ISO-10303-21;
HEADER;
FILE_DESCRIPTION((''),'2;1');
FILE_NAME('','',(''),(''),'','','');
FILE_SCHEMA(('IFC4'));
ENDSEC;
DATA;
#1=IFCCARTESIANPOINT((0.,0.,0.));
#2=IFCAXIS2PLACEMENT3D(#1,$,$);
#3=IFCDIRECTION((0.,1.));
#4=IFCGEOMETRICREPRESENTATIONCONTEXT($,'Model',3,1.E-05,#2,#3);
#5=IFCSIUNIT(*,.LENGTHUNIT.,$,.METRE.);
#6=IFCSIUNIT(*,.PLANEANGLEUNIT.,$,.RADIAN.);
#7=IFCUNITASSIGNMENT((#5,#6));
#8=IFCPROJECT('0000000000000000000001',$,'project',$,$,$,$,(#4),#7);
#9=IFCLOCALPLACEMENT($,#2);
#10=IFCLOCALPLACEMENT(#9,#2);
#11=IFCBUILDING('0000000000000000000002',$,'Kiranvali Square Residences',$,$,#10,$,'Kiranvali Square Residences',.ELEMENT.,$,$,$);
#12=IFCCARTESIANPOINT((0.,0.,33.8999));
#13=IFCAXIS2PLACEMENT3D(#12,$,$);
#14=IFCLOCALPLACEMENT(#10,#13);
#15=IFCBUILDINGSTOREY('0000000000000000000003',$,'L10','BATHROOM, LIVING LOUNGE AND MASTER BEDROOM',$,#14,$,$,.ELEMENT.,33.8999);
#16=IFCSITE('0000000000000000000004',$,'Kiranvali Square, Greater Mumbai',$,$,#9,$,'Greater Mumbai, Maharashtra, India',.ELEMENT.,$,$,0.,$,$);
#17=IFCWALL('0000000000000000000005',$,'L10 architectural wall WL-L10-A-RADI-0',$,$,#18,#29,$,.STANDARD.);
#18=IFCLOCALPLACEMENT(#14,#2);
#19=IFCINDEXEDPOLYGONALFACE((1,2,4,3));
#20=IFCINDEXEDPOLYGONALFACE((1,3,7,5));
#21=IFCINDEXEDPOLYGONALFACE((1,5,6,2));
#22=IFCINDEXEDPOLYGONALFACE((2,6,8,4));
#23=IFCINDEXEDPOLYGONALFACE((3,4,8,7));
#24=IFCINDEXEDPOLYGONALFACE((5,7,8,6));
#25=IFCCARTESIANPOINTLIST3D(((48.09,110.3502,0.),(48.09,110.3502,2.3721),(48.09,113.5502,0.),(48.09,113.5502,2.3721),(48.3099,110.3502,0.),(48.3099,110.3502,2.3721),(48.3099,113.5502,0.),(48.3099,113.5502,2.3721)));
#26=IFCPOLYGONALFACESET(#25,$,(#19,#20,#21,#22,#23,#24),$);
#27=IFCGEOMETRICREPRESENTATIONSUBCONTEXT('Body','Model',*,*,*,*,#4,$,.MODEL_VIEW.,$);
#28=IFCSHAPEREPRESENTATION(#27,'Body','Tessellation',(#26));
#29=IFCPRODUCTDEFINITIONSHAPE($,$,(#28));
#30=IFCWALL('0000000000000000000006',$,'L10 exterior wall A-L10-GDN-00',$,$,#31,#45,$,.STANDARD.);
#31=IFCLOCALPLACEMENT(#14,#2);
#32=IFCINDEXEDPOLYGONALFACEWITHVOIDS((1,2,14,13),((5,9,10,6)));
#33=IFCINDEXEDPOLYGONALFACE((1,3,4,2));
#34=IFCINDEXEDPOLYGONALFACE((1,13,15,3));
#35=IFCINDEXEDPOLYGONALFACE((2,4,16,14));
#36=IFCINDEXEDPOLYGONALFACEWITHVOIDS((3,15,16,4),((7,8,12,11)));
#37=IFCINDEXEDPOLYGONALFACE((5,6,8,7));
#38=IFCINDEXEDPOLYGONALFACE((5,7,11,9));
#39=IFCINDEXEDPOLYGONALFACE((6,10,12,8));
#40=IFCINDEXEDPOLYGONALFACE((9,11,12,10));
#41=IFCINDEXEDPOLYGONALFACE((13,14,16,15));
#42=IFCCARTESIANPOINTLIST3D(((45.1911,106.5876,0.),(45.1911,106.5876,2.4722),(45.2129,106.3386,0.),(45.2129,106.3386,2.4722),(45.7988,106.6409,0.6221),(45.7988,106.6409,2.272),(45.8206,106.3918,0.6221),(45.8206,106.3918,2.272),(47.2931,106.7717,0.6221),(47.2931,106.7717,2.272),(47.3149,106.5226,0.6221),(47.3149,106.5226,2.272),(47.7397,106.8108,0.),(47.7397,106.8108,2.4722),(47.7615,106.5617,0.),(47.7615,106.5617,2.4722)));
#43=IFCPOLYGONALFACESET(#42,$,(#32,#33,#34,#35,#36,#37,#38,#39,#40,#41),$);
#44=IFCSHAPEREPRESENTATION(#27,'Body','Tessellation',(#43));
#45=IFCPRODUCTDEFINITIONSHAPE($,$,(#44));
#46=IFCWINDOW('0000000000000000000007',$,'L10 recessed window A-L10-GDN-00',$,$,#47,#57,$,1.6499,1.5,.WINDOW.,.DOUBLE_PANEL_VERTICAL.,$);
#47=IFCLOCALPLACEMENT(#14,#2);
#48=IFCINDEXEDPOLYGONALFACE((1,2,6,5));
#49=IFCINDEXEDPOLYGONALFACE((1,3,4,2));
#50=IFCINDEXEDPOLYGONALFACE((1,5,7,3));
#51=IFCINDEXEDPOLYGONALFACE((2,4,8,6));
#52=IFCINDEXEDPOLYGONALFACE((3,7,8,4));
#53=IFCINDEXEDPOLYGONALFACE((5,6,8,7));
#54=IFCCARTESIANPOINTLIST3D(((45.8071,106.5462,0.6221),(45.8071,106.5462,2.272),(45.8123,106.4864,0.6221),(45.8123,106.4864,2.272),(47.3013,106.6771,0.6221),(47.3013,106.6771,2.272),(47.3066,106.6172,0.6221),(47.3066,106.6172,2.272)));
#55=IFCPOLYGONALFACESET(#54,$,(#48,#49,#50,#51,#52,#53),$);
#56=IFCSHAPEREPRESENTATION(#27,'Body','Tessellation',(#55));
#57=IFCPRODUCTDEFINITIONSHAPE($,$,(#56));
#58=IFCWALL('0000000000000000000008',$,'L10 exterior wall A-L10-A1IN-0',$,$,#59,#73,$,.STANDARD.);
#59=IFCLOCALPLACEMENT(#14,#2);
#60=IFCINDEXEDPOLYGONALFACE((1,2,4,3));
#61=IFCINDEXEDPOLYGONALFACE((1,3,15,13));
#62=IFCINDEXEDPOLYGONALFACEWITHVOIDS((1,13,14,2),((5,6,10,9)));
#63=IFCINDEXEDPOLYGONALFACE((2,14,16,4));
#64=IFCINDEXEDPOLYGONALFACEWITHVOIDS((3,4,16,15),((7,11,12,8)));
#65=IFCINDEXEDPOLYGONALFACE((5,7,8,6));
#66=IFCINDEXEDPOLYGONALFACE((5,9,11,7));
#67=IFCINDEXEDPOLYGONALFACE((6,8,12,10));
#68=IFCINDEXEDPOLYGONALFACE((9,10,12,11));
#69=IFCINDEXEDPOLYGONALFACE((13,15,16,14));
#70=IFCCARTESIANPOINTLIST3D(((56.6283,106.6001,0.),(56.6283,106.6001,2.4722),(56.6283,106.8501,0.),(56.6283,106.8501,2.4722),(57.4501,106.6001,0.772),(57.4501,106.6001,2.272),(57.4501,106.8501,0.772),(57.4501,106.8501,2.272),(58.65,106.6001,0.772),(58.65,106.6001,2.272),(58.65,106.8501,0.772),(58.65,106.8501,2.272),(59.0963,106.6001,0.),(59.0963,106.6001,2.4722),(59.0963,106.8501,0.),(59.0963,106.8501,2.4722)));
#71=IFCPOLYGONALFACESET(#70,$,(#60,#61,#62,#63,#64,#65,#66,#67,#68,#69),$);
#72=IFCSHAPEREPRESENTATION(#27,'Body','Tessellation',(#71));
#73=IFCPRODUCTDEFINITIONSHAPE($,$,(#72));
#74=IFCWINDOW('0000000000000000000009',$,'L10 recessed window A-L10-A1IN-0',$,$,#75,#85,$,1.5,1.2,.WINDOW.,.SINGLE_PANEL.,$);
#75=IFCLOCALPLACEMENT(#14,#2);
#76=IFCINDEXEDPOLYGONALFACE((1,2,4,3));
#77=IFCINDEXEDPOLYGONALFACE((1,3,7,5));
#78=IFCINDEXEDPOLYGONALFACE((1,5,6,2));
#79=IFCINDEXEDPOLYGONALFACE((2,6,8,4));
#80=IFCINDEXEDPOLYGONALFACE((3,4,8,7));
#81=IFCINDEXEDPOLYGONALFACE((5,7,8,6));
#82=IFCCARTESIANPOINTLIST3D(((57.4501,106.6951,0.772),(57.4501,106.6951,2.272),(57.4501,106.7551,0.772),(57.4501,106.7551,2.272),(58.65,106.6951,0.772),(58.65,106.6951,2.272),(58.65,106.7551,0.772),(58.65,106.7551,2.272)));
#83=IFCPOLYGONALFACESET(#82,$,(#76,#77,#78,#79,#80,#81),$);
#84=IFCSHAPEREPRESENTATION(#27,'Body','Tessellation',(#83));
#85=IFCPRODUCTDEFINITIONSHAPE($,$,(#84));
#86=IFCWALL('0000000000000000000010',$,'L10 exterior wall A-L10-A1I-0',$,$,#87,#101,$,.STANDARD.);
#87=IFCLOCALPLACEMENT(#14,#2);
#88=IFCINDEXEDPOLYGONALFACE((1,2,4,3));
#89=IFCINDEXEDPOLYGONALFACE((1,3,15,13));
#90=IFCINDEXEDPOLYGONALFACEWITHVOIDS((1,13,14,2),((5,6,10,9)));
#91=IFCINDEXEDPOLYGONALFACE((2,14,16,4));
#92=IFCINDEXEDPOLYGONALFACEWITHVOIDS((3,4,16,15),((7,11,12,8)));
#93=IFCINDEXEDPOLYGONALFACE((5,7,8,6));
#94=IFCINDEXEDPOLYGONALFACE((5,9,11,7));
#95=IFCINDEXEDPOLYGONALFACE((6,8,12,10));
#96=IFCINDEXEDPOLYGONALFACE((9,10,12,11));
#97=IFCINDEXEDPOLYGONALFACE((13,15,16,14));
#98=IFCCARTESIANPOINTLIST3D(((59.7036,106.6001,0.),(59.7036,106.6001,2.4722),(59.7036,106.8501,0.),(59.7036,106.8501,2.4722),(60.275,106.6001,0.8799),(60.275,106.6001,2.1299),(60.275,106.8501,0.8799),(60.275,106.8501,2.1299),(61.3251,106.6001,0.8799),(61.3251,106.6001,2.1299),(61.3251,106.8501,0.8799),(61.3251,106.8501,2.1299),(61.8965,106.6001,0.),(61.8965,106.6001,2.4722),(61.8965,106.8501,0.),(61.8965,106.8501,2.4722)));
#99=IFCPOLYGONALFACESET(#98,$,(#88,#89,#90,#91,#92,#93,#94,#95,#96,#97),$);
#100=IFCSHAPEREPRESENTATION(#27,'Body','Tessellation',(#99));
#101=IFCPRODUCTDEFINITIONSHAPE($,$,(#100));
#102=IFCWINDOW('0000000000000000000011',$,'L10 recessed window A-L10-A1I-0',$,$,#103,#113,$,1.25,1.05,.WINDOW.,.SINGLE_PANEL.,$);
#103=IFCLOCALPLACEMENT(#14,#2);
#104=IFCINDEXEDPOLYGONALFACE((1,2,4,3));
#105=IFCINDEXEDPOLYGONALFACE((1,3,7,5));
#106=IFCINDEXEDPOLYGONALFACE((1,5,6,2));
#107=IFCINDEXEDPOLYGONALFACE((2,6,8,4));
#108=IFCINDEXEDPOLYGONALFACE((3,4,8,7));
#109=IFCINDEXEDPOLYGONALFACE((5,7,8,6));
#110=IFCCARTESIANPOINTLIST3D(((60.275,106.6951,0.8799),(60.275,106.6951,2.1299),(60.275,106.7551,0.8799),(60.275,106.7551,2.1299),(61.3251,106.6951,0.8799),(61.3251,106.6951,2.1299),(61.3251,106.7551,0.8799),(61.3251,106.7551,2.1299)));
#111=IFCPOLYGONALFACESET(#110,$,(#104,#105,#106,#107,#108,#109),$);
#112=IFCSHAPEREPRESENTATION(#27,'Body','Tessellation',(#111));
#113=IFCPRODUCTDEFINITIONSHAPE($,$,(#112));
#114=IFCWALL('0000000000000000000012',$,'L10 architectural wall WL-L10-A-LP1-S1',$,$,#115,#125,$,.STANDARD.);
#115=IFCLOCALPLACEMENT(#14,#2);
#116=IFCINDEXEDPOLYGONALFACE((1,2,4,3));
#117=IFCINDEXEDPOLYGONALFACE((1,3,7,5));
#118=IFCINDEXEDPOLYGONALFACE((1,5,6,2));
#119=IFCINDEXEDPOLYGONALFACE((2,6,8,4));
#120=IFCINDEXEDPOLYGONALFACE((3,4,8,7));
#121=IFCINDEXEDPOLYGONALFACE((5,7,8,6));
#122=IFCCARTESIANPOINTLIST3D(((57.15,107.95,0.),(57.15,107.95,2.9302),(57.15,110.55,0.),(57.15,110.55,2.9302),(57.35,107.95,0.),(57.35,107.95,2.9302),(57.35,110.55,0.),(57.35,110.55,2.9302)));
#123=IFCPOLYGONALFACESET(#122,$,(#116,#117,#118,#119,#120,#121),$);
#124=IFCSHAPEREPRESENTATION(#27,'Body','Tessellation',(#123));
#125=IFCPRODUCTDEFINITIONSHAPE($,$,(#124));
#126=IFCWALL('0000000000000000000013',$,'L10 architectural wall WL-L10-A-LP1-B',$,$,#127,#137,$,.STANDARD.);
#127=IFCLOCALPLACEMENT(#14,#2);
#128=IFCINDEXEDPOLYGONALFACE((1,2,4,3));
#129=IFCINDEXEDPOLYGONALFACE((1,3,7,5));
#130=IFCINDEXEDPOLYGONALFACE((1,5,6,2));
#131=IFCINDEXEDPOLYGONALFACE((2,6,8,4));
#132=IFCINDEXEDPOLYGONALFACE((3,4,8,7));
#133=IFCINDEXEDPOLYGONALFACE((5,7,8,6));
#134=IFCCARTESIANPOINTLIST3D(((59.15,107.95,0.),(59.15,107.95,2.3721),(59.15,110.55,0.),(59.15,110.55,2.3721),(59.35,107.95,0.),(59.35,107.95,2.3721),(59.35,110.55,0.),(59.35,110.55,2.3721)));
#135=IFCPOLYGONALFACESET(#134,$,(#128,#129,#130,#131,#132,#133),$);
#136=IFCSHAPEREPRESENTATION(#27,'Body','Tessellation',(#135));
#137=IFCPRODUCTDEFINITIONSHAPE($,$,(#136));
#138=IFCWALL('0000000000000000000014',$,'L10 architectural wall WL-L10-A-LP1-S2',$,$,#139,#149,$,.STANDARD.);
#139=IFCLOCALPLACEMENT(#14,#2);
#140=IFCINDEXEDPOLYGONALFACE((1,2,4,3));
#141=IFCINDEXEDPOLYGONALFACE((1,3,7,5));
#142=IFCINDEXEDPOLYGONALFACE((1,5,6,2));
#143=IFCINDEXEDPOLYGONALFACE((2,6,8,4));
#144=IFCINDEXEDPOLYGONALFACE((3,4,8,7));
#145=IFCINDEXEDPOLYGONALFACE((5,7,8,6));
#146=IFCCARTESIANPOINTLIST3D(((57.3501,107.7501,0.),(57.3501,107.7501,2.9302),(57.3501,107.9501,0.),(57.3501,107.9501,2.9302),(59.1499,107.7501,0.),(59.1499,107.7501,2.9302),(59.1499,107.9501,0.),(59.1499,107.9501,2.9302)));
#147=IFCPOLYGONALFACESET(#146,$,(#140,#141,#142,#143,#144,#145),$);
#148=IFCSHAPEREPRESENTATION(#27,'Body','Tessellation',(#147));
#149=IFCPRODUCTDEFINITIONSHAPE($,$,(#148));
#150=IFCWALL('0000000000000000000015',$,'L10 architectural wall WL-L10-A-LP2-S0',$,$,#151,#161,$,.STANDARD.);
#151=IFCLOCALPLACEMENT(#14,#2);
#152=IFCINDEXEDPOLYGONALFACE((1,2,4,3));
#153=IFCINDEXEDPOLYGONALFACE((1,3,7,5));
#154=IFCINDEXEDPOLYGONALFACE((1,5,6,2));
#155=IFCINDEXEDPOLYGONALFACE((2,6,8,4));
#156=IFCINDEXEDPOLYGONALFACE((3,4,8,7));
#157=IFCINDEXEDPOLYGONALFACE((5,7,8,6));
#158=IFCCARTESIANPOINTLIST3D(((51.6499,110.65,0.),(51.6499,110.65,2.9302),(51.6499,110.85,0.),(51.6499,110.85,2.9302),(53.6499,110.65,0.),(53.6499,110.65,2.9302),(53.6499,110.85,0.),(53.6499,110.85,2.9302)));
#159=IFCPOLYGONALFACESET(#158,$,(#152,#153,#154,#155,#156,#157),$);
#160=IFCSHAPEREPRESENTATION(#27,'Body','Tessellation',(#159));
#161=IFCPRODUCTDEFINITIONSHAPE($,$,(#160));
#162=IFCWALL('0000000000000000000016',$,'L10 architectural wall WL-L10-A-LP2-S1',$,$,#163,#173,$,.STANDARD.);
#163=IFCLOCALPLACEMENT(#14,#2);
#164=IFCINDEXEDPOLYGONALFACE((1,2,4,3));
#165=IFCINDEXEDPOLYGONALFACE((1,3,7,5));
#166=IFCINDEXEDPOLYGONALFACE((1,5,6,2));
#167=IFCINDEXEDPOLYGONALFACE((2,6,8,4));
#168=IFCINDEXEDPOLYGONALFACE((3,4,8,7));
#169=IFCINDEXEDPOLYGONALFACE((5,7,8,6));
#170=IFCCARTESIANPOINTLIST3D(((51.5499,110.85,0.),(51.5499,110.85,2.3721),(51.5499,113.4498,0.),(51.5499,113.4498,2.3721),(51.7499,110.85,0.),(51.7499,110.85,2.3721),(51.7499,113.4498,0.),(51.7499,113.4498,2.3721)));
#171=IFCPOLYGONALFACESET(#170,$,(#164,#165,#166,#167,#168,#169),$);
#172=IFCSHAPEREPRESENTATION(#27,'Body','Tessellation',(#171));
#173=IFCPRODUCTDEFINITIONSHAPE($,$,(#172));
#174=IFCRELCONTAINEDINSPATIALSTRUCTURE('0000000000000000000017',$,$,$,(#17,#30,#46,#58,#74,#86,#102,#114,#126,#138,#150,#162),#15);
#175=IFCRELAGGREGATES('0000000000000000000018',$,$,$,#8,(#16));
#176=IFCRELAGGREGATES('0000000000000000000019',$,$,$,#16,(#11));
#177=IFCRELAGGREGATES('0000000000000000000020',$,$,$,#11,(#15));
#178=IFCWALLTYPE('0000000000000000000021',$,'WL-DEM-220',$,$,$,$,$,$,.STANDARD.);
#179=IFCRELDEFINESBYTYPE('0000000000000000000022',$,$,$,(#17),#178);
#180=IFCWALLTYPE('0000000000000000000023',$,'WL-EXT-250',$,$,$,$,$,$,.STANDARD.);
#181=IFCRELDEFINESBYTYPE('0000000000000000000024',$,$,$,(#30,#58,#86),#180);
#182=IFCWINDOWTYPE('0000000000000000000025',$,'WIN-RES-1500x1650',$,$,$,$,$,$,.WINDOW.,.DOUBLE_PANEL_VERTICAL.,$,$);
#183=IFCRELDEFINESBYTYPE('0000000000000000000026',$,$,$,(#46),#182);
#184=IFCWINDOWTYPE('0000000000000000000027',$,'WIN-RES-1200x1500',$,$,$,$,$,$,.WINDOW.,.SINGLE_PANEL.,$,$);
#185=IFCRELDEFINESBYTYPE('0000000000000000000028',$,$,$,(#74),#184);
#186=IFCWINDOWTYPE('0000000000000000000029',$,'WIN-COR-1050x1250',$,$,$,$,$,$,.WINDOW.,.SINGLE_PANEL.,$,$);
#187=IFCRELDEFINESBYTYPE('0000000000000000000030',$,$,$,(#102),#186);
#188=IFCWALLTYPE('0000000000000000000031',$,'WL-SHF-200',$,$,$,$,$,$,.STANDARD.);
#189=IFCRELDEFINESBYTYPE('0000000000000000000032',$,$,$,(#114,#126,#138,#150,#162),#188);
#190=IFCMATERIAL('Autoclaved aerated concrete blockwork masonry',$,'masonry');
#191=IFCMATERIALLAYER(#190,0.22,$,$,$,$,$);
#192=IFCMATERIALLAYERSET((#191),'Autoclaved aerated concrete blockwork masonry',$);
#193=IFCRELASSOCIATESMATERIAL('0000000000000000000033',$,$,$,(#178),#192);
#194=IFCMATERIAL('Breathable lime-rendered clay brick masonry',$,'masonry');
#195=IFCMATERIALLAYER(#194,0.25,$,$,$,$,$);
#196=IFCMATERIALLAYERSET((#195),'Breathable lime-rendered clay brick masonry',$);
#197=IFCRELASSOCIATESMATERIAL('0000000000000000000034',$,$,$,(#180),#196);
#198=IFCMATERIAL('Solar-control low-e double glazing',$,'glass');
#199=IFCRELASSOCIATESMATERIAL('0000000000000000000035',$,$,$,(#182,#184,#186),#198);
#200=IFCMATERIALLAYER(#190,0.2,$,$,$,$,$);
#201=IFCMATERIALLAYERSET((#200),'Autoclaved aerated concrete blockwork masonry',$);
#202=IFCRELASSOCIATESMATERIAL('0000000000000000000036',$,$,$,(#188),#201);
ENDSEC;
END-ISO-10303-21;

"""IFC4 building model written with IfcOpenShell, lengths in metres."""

from ifc_helpers import new_model, si_unit, direction, frame, frame_2d, origin, place, context, subcontext, project, spatial, rectangle, extrude, material, layer, layer_set, type_object, element, fill, save


model = new_model("IFC4")

# Units and contexts
model_context = context("Model", 3, precision=1e-05, world=origin(), true_north=direction((0.0, 1.0)))
body_context = subcontext(model_context, "Body", "Model", "MODEL_VIEW")
ifc_project = project(units=[si_unit("LENGTHUNIT", "METRE"), si_unit("PLANEANGLEUNIT", "RADIAN")], contexts=[model_context])

# Site, building, storey
site_placement = place(None, origin())
site = spatial("IfcSite", under=ifc_project, at=site_placement, Name="Kiranvali Square, Greater Mumbai", LongName="Greater Mumbai, Maharashtra, India", CompositionType="ELEMENT", RefElevation=0.0)
building_placement = place(site_placement, origin())
building = spatial("IfcBuilding", under=site, at=building_placement, Name="Kiranvali Square Residences", LongName="Kiranvali Square Residences", CompositionType="ELEMENT")
storey_placement = place(building_placement, frame((0.0, 0.0, 33.8999)))
storey = spatial("IfcBuildingStorey", under=building, at=storey_placement, Name="L10", Description="BATHROOM, LIVING LOUNGE AND MASTER BEDROOM", CompositionType="ELEMENT", Elevation=33.8999)

# Wall
ifc_material_1 = material(Name="Autoclaved aerated concrete blockwork masonry", Category="masonry")
ifc_layer_1 = layer(ifc_material_1, 0.22)
ifc_layer_set_1 = layer_set([ifc_layer_1], Name="Autoclaved aerated concrete blockwork masonry")
wall_type_1 = type_object("IfcWallType", Name="WL-DEM-220", PredefinedType="STANDARD", material=ifc_layer_set_1)
wall_1_placement = place(storey_placement, frame((48.2, 110.3501, 0.0), z_axis=(0.0, 0.0, 1.0), x_axis=(0.0, 1.0, 0.0)))
element("IfcWall", 1, at=wall_1_placement, inside=storey, type_object=wall_type_1, Name="L10 architectural wall WL-L10-A-RADI-0", PredefinedType="STANDARD", context=body_context, shape_type="SweptSolid", body=[
    extrude(rectangle(XDim=3.2, YDim=0.22, at=frame_2d((1.6001, 0.0))), origin(), (0.0, 0.0, 1.0), 2.3721),
])

# Walls, openings, windows
ifc_material_2 = material(Name="Breathable lime-rendered clay brick masonry", Category="masonry")
ifc_layer_2 = layer(ifc_material_2, 0.25)
ifc_layer_set_2 = layer_set([ifc_layer_2], Name="Breathable lime-rendered clay brick masonry")
wall_type_2 = type_object("IfcWallType", Name="WL-EXT-250", PredefinedType="STANDARD", material=ifc_layer_set_2)
wall_2_placement = place(storey_placement, frame((47.7507, 106.6863, 0.0), z_axis=(0.0, 0.0, 1.0), x_axis=(-0.996189, -0.087223, 0.0)))
wall_2 = element("IfcWall", 2, at=wall_2_placement, inside=storey, type_object=wall_type_2, Name="L10 exterior wall A-L10-GDN-00", PredefinedType="STANDARD", context=body_context, shape_type="SweptSolid", body=[
    extrude(rectangle(XDim=2.5583, YDim=0.25, at=frame_2d((1.2793, 0.0))), origin(), (0.0, 0.0, 1.0), 2.4722),
])
opening_1_placement = place(wall_2_placement, frame((0.4485, 0.0, 0.6221)))
opening_1 = element("IfcOpeningElement", 3, at=opening_1_placement, cuts=wall_2, PredefinedType="OPENING", context=body_context, shape_type="SweptSolid", body=[
    extrude(rectangle(XDim=1.5, YDim=1.6499, at=frame_2d((0.75, 0.825))), frame((0.0, 0.135, 0.0), z_axis=(0.0, -1.0, 0.0), x_axis=(1.0, 0.0, 0.0)), (0.0, 0.0, 1.0), 0.27),
])
ifc_material_3 = material(Name="Solar-control low-e double glazing", Category="glass")
window_type_1 = type_object("IfcWindowType", Name="WIN-RES-1500x1650", PartitioningType="DOUBLE_PANEL_VERTICAL", PredefinedType="WINDOW", material=ifc_material_3)
window_1_placement = place(opening_1_placement, origin())
window_1 = element("IfcWindow", 4, at=window_1_placement, inside=storey, type_object=window_type_1, Name="L10 recessed window A-L10-GDN-00", OverallHeight=1.6499, OverallWidth=1.5, PartitioningType="DOUBLE_PANEL_VERTICAL", PredefinedType="WINDOW", context=body_context, shape_type="SweptSolid", body=[
    extrude(rectangle(XDim=1.5, YDim=1.6499, at=frame_2d((0.75, 0.825))), frame((0.0, 0.03, 0.0), z_axis=(0.0, -1.0, 0.0), x_axis=(1.0, 0.0, 0.0)), (0.0, 0.0, 1.0), 0.0601),
])
fill(opening_1, window_1)
wall_3_placement = place(storey_placement, frame((56.6284, 106.7251, 0.0), z_axis=(0.0, 0.0, 1.0), x_axis=(1.0, 0.0, 0.0)))
wall_3 = element("IfcWall", 5, at=wall_3_placement, inside=storey, type_object=wall_type_2, Name="L10 exterior wall A-L10-A1IN-0", PredefinedType="STANDARD", context=body_context, shape_type="SweptSolid", body=[
    extrude(rectangle(XDim=2.468, YDim=0.25, at=frame_2d((1.2339, 0.0))), origin(), (0.0, 0.0, 1.0), 2.4722),
])
opening_2_placement = place(wall_3_placement, frame((0.8215, 0.0, 0.772)))
opening_2 = element("IfcOpeningElement", 6, at=opening_2_placement, cuts=wall_3, PredefinedType="OPENING", context=body_context, shape_type="SweptSolid", body=[
    extrude(rectangle(XDim=1.2, YDim=1.5, at=frame_2d((0.6001, 0.75))), frame((0.0, 0.135, 0.0), z_axis=(0.0, -1.0, 0.0), x_axis=(1.0, 0.0, 0.0)), (0.0, 0.0, 1.0), 0.27),
])
window_type_2 = type_object("IfcWindowType", Name="WIN-RES-1200x1500", PartitioningType="SINGLE_PANEL", PredefinedType="WINDOW", material=ifc_material_3)
window_2_placement = place(opening_2_placement, origin())
window_2 = element("IfcWindow", 7, at=window_2_placement, inside=storey, type_object=window_type_2, Name="L10 recessed window A-L10-A1IN-0", OverallHeight=1.5, OverallWidth=1.2, PartitioningType="SINGLE_PANEL", PredefinedType="WINDOW", context=body_context, shape_type="SweptSolid", body=[
    extrude(rectangle(XDim=1.2, YDim=1.5, at=frame_2d((0.6001, 0.75))), frame((0.0, 0.03, 0.0), z_axis=(0.0, -1.0, 0.0), x_axis=(1.0, 0.0, 0.0)), (0.0, 0.0, 1.0), 0.0601),
])
fill(opening_2, window_2)
wall_4_placement = place(storey_placement, frame((59.7036, 106.7251, 0.0), z_axis=(0.0, 0.0, 1.0), x_axis=(1.0, 0.0, 0.0)))
wall_4 = element("IfcWall", 8, at=wall_4_placement, inside=storey, type_object=wall_type_2, Name="L10 exterior wall A-L10-A1I-0", PredefinedType="STANDARD", context=body_context, shape_type="SweptSolid", body=[
    extrude(rectangle(XDim=2.1929, YDim=0.25, at=frame_2d((1.0964, 0.0))), origin(), (0.0, 0.0, 1.0), 2.4722),
])
opening_3_placement = place(wall_4_placement, frame((0.5715, 0.0, 0.8799)))
opening_3 = element("IfcOpeningElement", 9, at=opening_3_placement, cuts=wall_4, PredefinedType="OPENING", context=body_context, shape_type="SweptSolid", body=[
    extrude(rectangle(XDim=1.05, YDim=1.25, at=frame_2d((0.5249, 0.625))), frame((0.0, 0.135, 0.0), z_axis=(0.0, -1.0, 0.0), x_axis=(1.0, 0.0, 0.0)), (0.0, 0.0, 1.0), 0.27),
])
window_type_3 = type_object("IfcWindowType", Name="WIN-COR-1050x1250", PartitioningType="SINGLE_PANEL", PredefinedType="WINDOW", material=ifc_material_3)
window_3_placement = place(opening_3_placement, origin())
window_3 = element("IfcWindow", 10, at=window_3_placement, inside=storey, type_object=window_type_3, Name="L10 recessed window A-L10-A1I-0", OverallHeight=1.25, OverallWidth=1.05, PartitioningType="SINGLE_PANEL", PredefinedType="WINDOW", context=body_context, shape_type="SweptSolid", body=[
    extrude(rectangle(XDim=1.05, YDim=1.25, at=frame_2d((0.5249, 0.625))), frame((0.0, 0.03, 0.0), z_axis=(0.0, -1.0, 0.0), x_axis=(1.0, 0.0, 0.0)), (0.0, 0.0, 1.0), 0.0601),
])
fill(opening_3, window_3)

# Walls
ifc_layer_3 = layer(ifc_material_1, 0.2)
ifc_layer_set_3 = layer_set([ifc_layer_3], Name="Autoclaved aerated concrete blockwork masonry")
wall_type_3 = type_object("IfcWallType", Name="WL-SHF-200", PredefinedType="STANDARD", material=ifc_layer_set_3)
wall_5_placement = place(storey_placement, frame((57.25, 107.95, 0.0), z_axis=(0.0, 0.0, 1.0), x_axis=(0.0, 1.0, 0.0)))
element("IfcWall", 11, at=wall_5_placement, inside=storey, type_object=wall_type_3, Name="L10 architectural wall WL-L10-A-LP1-S1", PredefinedType="STANDARD", context=body_context, shape_type="SweptSolid", body=[
    extrude(rectangle(XDim=2.6001, YDim=0.2, at=frame_2d((1.3, 0.0))), origin(), (0.0, 0.0, 1.0), 2.9302),
])
wall_6_placement = place(storey_placement, frame((59.25, 107.95, 0.0), z_axis=(0.0, 0.0, 1.0), x_axis=(0.0, 1.0, 0.0)))
element("IfcWall", 12, at=wall_6_placement, inside=storey, type_object=wall_type_3, Name="L10 architectural wall WL-L10-A-LP1-B", PredefinedType="STANDARD", context=body_context, shape_type="SweptSolid", body=[
    extrude(rectangle(XDim=2.6001, YDim=0.2, at=frame_2d((1.3, 0.0))), origin(), (0.0, 0.0, 1.0), 2.3721),
])
wall_7_placement = place(storey_placement, frame((57.3501, 107.8501, 0.0), z_axis=(0.0, 0.0, 1.0), x_axis=(1.0, 0.0, 0.0)))
element("IfcWall", 13, at=wall_7_placement, inside=storey, type_object=wall_type_3, Name="L10 architectural wall WL-L10-A-LP1-S2", PredefinedType="STANDARD", context=body_context, shape_type="SweptSolid", body=[
    extrude(rectangle(XDim=1.7998, YDim=0.2, at=frame_2d((0.8999, 0.0))), origin(), (0.0, 0.0, 1.0), 2.9302),
])

# Walls
wall_8_placement = place(storey_placement, frame((51.6499, 110.75, 0.0), z_axis=(0.0, 0.0, 1.0), x_axis=(1.0, 0.0, 0.0)))
element("IfcWall", 14, at=wall_8_placement, inside=storey, type_object=wall_type_3, Name="L10 architectural wall WL-L10-A-LP2-S0", PredefinedType="STANDARD", context=body_context, shape_type="SweptSolid", body=[
    extrude(rectangle(XDim=2.0, YDim=0.2, at=frame_2d((1.0, 0.0))), origin(), (0.0, 0.0, 1.0), 2.9302),
])
wall_9_placement = place(storey_placement, frame((51.6499, 110.8501, 0.0), z_axis=(0.0, 0.0, 1.0), x_axis=(0.0, 1.0, 0.0)))
element("IfcWall", 15, at=wall_9_placement, inside=storey, type_object=wall_type_3, Name="L10 architectural wall WL-L10-A-LP2-S1", PredefinedType="STANDARD", context=body_context, shape_type="SweptSolid", body=[
    extrude(rectangle(XDim=2.5999, YDim=0.2, at=frame_2d((1.2998, 0.0))), origin(), (0.0, 0.0, 1.0), 2.3721),
])

save(model, "model.ifc")
